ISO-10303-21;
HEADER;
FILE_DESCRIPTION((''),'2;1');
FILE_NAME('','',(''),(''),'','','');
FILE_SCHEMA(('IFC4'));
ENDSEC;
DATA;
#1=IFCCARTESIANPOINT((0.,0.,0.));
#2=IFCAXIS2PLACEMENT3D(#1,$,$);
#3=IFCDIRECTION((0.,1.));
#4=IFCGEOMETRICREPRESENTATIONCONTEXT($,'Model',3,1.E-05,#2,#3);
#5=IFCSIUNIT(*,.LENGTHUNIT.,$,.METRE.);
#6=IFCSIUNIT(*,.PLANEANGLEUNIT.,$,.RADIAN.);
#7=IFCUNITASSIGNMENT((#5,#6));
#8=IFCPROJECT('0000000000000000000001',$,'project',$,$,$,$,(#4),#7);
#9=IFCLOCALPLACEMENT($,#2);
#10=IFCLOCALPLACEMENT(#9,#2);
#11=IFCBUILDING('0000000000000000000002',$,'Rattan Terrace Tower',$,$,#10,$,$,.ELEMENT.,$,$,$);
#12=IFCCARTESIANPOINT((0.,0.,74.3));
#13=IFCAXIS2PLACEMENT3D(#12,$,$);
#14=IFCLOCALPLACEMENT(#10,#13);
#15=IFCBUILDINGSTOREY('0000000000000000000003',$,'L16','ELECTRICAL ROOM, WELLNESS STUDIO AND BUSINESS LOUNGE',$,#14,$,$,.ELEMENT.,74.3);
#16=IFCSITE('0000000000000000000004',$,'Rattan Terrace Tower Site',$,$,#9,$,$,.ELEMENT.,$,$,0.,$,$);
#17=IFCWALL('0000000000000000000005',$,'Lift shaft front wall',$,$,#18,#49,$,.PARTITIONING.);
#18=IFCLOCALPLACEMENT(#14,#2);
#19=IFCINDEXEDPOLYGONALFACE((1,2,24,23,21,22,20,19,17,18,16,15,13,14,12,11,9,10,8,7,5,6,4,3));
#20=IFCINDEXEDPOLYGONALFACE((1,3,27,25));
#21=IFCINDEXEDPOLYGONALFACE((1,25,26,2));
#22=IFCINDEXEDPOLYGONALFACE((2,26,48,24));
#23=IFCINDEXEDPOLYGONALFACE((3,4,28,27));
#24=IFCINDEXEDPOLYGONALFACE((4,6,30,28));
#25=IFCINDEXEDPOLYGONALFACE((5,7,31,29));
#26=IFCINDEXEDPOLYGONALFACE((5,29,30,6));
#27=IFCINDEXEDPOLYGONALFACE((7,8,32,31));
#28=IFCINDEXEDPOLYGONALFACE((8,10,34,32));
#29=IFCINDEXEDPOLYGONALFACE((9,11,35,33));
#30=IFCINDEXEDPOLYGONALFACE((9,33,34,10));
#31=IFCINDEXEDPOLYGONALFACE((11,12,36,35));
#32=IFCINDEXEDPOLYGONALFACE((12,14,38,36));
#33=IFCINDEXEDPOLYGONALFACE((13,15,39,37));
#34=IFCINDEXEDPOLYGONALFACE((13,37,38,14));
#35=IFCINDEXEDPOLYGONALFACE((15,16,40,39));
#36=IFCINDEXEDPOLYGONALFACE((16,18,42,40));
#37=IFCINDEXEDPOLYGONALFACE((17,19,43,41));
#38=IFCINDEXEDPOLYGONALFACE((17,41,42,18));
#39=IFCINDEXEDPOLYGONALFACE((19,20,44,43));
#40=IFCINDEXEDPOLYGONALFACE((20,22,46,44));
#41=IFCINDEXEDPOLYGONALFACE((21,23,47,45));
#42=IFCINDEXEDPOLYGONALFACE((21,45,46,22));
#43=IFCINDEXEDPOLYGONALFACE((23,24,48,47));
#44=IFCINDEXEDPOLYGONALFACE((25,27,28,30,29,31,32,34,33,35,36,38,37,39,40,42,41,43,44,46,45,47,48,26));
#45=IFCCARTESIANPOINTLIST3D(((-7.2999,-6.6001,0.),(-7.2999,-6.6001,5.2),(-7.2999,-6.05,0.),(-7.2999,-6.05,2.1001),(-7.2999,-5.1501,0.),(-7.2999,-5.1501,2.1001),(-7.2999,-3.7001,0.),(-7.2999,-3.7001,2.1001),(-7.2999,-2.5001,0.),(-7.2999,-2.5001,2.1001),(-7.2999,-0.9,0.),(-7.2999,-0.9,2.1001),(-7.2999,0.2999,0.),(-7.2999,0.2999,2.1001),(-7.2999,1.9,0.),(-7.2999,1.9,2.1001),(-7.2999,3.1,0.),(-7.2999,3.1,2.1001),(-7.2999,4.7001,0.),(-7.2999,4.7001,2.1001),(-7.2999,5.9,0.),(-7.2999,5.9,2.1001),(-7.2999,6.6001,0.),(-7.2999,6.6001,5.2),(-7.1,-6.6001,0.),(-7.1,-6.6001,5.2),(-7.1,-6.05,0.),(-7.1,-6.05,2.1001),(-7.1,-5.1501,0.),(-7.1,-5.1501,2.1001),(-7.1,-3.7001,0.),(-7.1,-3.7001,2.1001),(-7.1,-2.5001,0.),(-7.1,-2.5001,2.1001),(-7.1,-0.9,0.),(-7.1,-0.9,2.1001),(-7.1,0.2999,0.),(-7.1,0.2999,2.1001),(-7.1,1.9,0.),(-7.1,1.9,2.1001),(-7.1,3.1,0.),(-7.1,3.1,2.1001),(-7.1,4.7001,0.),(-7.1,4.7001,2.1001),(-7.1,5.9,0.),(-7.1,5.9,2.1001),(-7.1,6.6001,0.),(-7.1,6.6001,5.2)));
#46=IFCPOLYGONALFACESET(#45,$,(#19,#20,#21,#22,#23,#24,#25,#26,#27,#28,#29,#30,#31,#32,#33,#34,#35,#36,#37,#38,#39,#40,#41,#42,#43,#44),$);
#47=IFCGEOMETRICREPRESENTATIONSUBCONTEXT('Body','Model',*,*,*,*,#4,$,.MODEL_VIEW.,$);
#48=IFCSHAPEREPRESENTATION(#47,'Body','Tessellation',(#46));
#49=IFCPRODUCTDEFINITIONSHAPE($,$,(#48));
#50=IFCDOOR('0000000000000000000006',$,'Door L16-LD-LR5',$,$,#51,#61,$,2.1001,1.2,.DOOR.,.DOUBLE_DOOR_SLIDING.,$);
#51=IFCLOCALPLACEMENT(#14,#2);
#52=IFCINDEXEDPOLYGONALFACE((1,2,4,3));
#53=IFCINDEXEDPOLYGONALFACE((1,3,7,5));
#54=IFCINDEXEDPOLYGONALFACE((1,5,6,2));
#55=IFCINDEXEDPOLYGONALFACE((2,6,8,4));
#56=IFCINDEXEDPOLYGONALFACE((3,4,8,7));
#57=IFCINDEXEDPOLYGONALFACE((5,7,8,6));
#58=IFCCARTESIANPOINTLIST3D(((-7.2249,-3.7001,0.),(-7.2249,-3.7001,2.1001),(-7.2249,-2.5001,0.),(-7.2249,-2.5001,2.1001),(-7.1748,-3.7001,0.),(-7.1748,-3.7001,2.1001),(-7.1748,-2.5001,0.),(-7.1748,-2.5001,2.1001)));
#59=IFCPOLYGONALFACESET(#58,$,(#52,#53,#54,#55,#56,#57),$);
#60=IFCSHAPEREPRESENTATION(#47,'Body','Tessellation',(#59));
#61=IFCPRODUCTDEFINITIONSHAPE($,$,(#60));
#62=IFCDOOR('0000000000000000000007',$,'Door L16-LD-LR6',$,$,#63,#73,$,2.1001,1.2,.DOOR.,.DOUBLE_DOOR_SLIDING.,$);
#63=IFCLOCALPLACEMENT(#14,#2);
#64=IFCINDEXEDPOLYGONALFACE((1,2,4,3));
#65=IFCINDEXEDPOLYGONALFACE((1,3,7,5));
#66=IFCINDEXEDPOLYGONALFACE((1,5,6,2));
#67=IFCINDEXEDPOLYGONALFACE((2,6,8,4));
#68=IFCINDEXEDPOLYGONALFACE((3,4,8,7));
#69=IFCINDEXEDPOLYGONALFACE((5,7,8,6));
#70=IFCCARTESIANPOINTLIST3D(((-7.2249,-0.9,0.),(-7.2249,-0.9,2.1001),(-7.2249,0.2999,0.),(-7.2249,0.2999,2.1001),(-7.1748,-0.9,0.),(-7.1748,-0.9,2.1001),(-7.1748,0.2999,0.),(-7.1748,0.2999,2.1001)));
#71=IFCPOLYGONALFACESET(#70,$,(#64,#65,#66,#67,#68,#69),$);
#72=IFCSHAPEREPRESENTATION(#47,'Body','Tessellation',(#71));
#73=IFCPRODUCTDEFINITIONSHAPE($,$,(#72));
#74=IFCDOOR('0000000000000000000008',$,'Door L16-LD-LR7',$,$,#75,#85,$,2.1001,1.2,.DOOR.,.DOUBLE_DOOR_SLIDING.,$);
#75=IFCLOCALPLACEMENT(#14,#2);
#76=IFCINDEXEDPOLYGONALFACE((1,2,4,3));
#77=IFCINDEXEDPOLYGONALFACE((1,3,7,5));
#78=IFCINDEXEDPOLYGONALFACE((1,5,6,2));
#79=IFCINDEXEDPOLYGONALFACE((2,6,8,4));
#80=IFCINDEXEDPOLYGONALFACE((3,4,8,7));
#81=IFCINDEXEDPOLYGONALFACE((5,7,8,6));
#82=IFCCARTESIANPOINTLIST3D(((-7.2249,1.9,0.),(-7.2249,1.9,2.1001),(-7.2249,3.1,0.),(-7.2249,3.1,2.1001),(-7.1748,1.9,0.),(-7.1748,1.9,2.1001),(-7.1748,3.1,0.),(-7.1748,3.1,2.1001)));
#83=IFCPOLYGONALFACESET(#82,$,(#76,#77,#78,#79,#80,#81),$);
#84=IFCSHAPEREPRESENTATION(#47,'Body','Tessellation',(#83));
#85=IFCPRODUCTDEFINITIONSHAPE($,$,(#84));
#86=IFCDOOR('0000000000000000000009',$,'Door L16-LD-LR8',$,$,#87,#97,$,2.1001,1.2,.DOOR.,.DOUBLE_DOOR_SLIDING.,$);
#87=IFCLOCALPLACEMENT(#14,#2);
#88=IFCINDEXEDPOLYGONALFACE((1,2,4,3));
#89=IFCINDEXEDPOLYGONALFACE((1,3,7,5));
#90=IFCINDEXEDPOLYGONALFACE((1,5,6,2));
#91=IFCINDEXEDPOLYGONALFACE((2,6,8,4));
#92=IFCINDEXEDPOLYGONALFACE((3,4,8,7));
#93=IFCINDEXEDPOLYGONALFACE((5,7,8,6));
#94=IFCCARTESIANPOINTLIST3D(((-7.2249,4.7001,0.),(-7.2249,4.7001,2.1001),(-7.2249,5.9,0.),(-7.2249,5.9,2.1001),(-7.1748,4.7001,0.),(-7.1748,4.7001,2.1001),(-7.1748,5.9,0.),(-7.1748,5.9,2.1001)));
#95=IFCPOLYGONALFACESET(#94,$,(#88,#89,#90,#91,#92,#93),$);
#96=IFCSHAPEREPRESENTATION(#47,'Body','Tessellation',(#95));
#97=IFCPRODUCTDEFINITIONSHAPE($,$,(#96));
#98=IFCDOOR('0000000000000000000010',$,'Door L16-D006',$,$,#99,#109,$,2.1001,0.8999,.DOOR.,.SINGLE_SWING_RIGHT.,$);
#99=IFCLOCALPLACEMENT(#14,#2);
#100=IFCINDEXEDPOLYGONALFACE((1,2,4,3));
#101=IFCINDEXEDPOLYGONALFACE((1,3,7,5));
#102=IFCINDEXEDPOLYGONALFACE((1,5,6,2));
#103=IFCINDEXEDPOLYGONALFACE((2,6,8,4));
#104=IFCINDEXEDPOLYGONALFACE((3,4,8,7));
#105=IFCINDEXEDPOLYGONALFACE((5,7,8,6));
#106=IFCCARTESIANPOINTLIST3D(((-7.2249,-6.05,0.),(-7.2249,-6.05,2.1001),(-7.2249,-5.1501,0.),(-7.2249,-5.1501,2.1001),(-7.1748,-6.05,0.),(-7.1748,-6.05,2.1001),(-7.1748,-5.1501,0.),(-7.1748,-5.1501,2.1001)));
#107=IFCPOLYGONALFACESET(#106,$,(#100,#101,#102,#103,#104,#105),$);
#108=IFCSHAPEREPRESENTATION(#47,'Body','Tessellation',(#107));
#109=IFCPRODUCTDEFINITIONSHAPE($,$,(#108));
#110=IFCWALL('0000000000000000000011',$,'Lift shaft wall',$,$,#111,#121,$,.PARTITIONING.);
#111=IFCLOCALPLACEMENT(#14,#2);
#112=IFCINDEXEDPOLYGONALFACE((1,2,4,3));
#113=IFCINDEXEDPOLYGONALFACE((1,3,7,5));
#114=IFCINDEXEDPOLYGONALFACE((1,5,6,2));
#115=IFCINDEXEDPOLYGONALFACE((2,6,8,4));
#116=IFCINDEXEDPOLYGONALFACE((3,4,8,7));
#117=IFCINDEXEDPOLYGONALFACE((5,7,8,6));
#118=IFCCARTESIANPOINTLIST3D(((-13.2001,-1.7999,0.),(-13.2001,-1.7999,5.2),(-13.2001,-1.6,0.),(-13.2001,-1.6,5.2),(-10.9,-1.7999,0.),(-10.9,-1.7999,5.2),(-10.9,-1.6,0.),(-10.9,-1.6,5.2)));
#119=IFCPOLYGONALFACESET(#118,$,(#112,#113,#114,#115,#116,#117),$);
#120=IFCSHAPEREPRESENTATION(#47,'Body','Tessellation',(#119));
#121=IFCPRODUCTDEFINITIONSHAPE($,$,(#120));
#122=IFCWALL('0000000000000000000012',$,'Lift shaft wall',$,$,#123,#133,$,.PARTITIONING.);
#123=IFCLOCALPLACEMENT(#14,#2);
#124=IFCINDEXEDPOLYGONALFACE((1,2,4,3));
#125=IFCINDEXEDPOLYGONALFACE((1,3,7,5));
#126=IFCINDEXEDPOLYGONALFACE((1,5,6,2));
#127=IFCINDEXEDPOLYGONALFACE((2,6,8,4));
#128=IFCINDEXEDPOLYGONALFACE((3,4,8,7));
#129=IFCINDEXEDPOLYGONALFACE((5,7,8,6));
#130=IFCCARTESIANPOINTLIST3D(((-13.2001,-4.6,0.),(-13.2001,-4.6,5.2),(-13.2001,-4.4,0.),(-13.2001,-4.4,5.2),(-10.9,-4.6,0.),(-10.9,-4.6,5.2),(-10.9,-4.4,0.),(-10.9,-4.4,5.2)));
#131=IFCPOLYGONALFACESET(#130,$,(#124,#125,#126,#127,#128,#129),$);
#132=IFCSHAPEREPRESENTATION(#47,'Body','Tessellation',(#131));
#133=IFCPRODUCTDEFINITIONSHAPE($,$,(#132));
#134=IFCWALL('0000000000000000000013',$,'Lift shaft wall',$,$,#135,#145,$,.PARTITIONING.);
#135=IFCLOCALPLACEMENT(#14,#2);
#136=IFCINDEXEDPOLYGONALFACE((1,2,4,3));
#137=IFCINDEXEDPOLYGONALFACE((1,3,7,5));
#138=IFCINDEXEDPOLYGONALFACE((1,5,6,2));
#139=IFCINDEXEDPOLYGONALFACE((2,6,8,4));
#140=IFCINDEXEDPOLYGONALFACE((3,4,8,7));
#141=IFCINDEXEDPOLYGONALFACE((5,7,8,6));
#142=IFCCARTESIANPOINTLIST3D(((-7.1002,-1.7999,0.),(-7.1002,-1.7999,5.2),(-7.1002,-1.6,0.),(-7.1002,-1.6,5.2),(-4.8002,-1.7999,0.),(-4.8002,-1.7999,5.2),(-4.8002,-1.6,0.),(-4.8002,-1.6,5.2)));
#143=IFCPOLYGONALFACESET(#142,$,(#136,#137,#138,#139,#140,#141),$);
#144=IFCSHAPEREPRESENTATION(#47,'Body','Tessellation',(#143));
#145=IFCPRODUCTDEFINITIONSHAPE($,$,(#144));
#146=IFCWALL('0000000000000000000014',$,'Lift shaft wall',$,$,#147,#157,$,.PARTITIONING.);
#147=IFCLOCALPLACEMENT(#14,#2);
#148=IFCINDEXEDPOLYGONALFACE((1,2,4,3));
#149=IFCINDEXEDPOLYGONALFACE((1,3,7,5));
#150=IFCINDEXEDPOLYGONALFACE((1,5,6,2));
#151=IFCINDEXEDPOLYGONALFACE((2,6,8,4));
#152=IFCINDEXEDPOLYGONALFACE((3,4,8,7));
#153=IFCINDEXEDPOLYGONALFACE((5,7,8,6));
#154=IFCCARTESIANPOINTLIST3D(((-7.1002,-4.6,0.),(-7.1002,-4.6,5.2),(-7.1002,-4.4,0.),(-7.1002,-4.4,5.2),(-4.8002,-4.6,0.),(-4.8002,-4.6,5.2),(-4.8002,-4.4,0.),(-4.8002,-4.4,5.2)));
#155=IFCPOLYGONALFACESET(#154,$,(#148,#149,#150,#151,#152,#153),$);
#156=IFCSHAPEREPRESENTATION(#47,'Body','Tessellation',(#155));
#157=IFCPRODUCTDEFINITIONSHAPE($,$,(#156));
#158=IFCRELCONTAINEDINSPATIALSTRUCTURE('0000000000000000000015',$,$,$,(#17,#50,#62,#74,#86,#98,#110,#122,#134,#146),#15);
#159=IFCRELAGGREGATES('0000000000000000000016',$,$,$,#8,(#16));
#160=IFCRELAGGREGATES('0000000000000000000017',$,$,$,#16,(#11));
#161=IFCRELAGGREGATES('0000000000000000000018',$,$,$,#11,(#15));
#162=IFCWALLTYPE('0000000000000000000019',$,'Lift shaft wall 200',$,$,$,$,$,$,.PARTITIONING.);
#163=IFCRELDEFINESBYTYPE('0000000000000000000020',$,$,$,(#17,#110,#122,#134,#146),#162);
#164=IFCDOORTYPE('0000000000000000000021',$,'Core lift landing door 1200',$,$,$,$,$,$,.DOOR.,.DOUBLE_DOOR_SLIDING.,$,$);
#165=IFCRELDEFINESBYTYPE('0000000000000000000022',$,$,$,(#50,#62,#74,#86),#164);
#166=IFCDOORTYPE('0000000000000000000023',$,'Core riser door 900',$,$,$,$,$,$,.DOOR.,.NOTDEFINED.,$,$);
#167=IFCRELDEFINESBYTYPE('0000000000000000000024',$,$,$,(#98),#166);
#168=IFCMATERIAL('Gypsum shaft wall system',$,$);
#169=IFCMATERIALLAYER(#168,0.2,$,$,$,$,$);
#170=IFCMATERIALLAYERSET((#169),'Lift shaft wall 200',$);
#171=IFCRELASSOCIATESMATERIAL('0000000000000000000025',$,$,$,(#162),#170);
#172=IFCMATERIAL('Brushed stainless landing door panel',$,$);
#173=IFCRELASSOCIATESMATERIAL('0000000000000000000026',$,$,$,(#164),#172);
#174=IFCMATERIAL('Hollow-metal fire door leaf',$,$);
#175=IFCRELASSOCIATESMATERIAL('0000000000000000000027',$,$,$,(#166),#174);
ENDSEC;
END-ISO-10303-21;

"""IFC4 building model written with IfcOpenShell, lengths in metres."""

from ifc_helpers import new_model, si_unit, direction, frame, frame_2d, origin, place, context, subcontext, project, spatial, rectangle, extrude, material, layer, layer_set, type_object, element, fill, save


model = new_model("IFC4")

# Units and contexts
model_context = context("Model", 3, precision=1e-05, world=origin(), true_north=direction((0.0, 1.0)))
body_context = subcontext(model_context, "Body", "Model", "MODEL_VIEW")
ifc_project = project(units=[si_unit("LENGTHUNIT", "METRE"), si_unit("PLANEANGLEUNIT", "RADIAN")], contexts=[model_context])

# Site, building, storey
site_placement = place(None, origin())
site = spatial("IfcSite", under=ifc_project, at=site_placement, Name="Rattan Terrace Tower Site", CompositionType="ELEMENT", RefElevation=0.0)
building_placement = place(site_placement, origin())
building = spatial("IfcBuilding", under=site, at=building_placement, Name="Rattan Terrace Tower", CompositionType="ELEMENT")
storey_placement = place(building_placement, frame((0.0, 0.0, 74.3)))
storey = spatial("IfcBuildingStorey", under=building, at=storey_placement, Name="L16", Description="ELECTRICAL ROOM, WELLNESS STUDIO AND BUSINESS LOUNGE", CompositionType="ELEMENT", Elevation=74.3)

# Wall, openings, doors
ifc_material_1 = material(Name="Gypsum shaft wall system")
ifc_layer_1 = layer(ifc_material_1, 0.2)
ifc_layer_set_1 = layer_set([ifc_layer_1], Name="Lift shaft wall 200")
wall_type_1 = type_object("IfcWallType", Name="Lift shaft wall 200", PredefinedType="PARTITIONING", material=ifc_layer_set_1)
ifc_material_2 = material(Name="Brushed stainless landing door panel")
door_type_1 = type_object("IfcDoorType", Name="Core lift landing door 1200", OperationType="DOUBLE_DOOR_SLIDING", PredefinedType="DOOR", material=ifc_material_2)
ifc_material_3 = material(Name="Hollow-metal fire door leaf")
door_type_2 = type_object("IfcDoorType", Name="Core riser door 900", OperationType="NOTDEFINED", PredefinedType="DOOR", material=ifc_material_3)
wall_1_placement = place(storey_placement, frame((-7.2, -6.6001, 0.0), z_axis=(0.0, 0.0, 1.0), x_axis=(0.0, 1.0, 0.0)))
wall_1 = element("IfcWall", 1, at=wall_1_placement, inside=storey, type_object=wall_type_1, Name="Lift shaft front wall", PredefinedType="PARTITIONING", context=body_context, shape_type="SweptSolid", body=[
    extrude(rectangle(XDim=13.2002, YDim=0.2, at=frame_2d((6.6001, 0.0))), origin(), (0.0, 0.0, 1.0), 5.2),
])
opening_1_placement = place(wall_1_placement, frame((0.55, 0.0, 0.0)))
opening_1 = element("IfcOpeningElement", 2, at=opening_1_placement, cuts=wall_1, PredefinedType="OPENING", context=body_context, shape_type="SweptSolid", body=[
    extrude(rectangle(XDim=0.8999, YDim=2.1001, at=frame_2d((0.45, 1.05))), frame((0.0, 0.1106, 0.0), z_axis=(0.0, -1.0, 0.0), x_axis=(1.0, 0.0, 0.0)), (0.0, 0.0, 1.0), 0.2209),
])
opening_2_placement = place(wall_1_placement, frame((2.8999, 0.0, 0.0)))
opening_2 = element("IfcOpeningElement", 3, at=opening_2_placement, cuts=wall_1, PredefinedType="OPENING", context=body_context, shape_type="SweptSolid", body=[
    extrude(rectangle(XDim=1.2, YDim=2.1001, at=frame_2d((0.6001, 1.05))), frame((0.0, 0.1106, 0.0), z_axis=(0.0, -1.0, 0.0), x_axis=(1.0, 0.0, 0.0)), (0.0, 0.0, 1.0), 0.2209),
])
opening_3_placement = place(wall_1_placement, frame((5.7, 0.0, 0.0)))
opening_3 = element("IfcOpeningElement", 4, at=opening_3_placement, cuts=wall_1, PredefinedType="OPENING", context=body_context, shape_type="SweptSolid", body=[
    extrude(rectangle(XDim=1.2, YDim=2.1001, at=frame_2d((0.6001, 1.05))), frame((0.0, 0.1106, 0.0), z_axis=(0.0, -1.0, 0.0), x_axis=(1.0, 0.0, 0.0)), (0.0, 0.0, 1.0), 0.2209),
])
opening_4_placement = place(wall_1_placement, frame((8.5, 0.0, 0.0)))
opening_4 = element("IfcOpeningElement", 5, at=opening_4_placement, cuts=wall_1, PredefinedType="OPENING", context=body_context, shape_type="SweptSolid", body=[
    extrude(rectangle(XDim=1.2, YDim=2.1001, at=frame_2d((0.6001, 1.05))), frame((0.0, 0.1106, 0.0), z_axis=(0.0, -1.0, 0.0), x_axis=(1.0, 0.0, 0.0)), (0.0, 0.0, 1.0), 0.2209),
])
opening_5_placement = place(wall_1_placement, frame((11.3, 0.0, 0.0)))
opening_5 = element("IfcOpeningElement", 6, at=opening_5_placement, cuts=wall_1, PredefinedType="OPENING", context=body_context, shape_type="SweptSolid", body=[
    extrude(rectangle(XDim=1.2, YDim=2.1001, at=frame_2d((0.6001, 1.05))), frame((0.0, 0.1106, 0.0), z_axis=(0.0, -1.0, 0.0), x_axis=(1.0, 0.0, 0.0)), (0.0, 0.0, 1.0), 0.2209),
])
door_1_placement = place(opening_2_placement, origin())
door_1 = element("IfcDoor", 7, at=door_1_placement, inside=storey, type_object=door_type_1, Name="Door L16-LD-LR5", OperationType="DOUBLE_DOOR_SLIDING", OverallHeight=2.1001, OverallWidth=1.2, PredefinedType="DOOR", context=body_context, shape_type="SweptSolid", body=[
    extrude(rectangle(XDim=1.2, YDim=2.1001, at=frame_2d((0.6001, 1.05))), frame((0.0, 0.0249, 0.0), z_axis=(0.0, -1.0, 0.0), x_axis=(1.0, 0.0, 0.0)), (0.0, 0.0, 1.0), 0.05),
])
fill(opening_2, door_1)
door_2_placement = place(opening_3_placement, origin())
door_2 = element("IfcDoor", 8, at=door_2_placement, inside=storey, type_object=door_type_1, Name="Door L16-LD-LR6", OperationType="DOUBLE_DOOR_SLIDING", OverallHeight=2.1001, OverallWidth=1.2, PredefinedType="DOOR", context=body_context, shape_type="SweptSolid", body=[
    extrude(rectangle(XDim=1.2, YDim=2.1001, at=frame_2d((0.6001, 1.05))), frame((0.0, 0.0249, 0.0), z_axis=(0.0, -1.0, 0.0), x_axis=(1.0, 0.0, 0.0)), (0.0, 0.0, 1.0), 0.05),
])
fill(opening_3, door_2)
door_3_placement = place(opening_4_placement, origin())
door_3 = element("IfcDoor", 9, at=door_3_placement, inside=storey, type_object=door_type_1, Name="Door L16-LD-LR7", OperationType="DOUBLE_DOOR_SLIDING", OverallHeight=2.1001, OverallWidth=1.2, PredefinedType="DOOR", context=body_context, shape_type="SweptSolid", body=[
    extrude(rectangle(XDim=1.2, YDim=2.1001, at=frame_2d((0.6001, 1.05))), frame((0.0, 0.0249, 0.0), z_axis=(0.0, -1.0, 0.0), x_axis=(1.0, 0.0, 0.0)), (0.0, 0.0, 1.0), 0.05),
])
fill(opening_4, door_3)
door_4_placement = place(opening_5_placement, origin())
door_4 = element("IfcDoor", 10, at=door_4_placement, inside=storey, type_object=door_type_1, Name="Door L16-LD-LR8", OperationType="DOUBLE_DOOR_SLIDING", OverallHeight=2.1001, OverallWidth=1.2, PredefinedType="DOOR", context=body_context, shape_type="SweptSolid", body=[
    extrude(rectangle(XDim=1.2, YDim=2.1001, at=frame_2d((0.6001, 1.05))), frame((0.0, 0.0249, 0.0), z_axis=(0.0, -1.0, 0.0), x_axis=(1.0, 0.0, 0.0)), (0.0, 0.0, 1.0), 0.05),
])
fill(opening_5, door_4)
door_5_placement = place(opening_1_placement, origin())
door_5 = element("IfcDoor", 11, at=door_5_placement, inside=storey, type_object=door_type_2, Name="Door L16-D006", OperationType="SINGLE_SWING_RIGHT", OverallHeight=2.1001, OverallWidth=0.8999, PredefinedType="DOOR", context=body_context, shape_type="SweptSolid", body=[
    extrude(rectangle(XDim=0.8999, YDim=2.1001, at=frame_2d((0.45, 1.05))), frame((0.0, 0.0249, 0.0), z_axis=(0.0, -1.0, 0.0), x_axis=(1.0, 0.0, 0.0)), (0.0, 0.0, 1.0), 0.05),
])
fill(opening_1, door_5)

# Walls
for number, where, z_axis, x_axis, name in (
    (12, (-13.2, -1.7, 0.0), (0.0, 0.0, 1.0), (1.0, 0.0, 0.0), "Lift shaft wall"),
    (13, (-13.2, -4.5, 0.0), (0.0, 0.0, 1.0), (1.0, 0.0, 0.0), "Lift shaft wall"),
    (14, (-7.1001, -1.7, 0.0), (0.0, 0.0, 1.0), (1.0, 0.0, 0.0), "Lift shaft wall"),
    (15, (-7.1001, -4.5, 0.0), (0.0, 0.0, 1.0), (1.0, 0.0, 0.0), "Lift shaft wall"),
):
    element("IfcWall", number, at=place(storey_placement, frame(where, z_axis=z_axis, x_axis=x_axis)), inside=storey, type_object=wall_type_1, Name=name, PredefinedType="PARTITIONING", context=body_context, shape_type="SweptSolid", body=[
        extrude(rectangle(XDim=2.3, YDim=0.2, at=frame_2d((1.1499, 0.0))), origin(), (0.0, 0.0, 1.0), 5.2),
    ])

save(model, "model.ifc")
